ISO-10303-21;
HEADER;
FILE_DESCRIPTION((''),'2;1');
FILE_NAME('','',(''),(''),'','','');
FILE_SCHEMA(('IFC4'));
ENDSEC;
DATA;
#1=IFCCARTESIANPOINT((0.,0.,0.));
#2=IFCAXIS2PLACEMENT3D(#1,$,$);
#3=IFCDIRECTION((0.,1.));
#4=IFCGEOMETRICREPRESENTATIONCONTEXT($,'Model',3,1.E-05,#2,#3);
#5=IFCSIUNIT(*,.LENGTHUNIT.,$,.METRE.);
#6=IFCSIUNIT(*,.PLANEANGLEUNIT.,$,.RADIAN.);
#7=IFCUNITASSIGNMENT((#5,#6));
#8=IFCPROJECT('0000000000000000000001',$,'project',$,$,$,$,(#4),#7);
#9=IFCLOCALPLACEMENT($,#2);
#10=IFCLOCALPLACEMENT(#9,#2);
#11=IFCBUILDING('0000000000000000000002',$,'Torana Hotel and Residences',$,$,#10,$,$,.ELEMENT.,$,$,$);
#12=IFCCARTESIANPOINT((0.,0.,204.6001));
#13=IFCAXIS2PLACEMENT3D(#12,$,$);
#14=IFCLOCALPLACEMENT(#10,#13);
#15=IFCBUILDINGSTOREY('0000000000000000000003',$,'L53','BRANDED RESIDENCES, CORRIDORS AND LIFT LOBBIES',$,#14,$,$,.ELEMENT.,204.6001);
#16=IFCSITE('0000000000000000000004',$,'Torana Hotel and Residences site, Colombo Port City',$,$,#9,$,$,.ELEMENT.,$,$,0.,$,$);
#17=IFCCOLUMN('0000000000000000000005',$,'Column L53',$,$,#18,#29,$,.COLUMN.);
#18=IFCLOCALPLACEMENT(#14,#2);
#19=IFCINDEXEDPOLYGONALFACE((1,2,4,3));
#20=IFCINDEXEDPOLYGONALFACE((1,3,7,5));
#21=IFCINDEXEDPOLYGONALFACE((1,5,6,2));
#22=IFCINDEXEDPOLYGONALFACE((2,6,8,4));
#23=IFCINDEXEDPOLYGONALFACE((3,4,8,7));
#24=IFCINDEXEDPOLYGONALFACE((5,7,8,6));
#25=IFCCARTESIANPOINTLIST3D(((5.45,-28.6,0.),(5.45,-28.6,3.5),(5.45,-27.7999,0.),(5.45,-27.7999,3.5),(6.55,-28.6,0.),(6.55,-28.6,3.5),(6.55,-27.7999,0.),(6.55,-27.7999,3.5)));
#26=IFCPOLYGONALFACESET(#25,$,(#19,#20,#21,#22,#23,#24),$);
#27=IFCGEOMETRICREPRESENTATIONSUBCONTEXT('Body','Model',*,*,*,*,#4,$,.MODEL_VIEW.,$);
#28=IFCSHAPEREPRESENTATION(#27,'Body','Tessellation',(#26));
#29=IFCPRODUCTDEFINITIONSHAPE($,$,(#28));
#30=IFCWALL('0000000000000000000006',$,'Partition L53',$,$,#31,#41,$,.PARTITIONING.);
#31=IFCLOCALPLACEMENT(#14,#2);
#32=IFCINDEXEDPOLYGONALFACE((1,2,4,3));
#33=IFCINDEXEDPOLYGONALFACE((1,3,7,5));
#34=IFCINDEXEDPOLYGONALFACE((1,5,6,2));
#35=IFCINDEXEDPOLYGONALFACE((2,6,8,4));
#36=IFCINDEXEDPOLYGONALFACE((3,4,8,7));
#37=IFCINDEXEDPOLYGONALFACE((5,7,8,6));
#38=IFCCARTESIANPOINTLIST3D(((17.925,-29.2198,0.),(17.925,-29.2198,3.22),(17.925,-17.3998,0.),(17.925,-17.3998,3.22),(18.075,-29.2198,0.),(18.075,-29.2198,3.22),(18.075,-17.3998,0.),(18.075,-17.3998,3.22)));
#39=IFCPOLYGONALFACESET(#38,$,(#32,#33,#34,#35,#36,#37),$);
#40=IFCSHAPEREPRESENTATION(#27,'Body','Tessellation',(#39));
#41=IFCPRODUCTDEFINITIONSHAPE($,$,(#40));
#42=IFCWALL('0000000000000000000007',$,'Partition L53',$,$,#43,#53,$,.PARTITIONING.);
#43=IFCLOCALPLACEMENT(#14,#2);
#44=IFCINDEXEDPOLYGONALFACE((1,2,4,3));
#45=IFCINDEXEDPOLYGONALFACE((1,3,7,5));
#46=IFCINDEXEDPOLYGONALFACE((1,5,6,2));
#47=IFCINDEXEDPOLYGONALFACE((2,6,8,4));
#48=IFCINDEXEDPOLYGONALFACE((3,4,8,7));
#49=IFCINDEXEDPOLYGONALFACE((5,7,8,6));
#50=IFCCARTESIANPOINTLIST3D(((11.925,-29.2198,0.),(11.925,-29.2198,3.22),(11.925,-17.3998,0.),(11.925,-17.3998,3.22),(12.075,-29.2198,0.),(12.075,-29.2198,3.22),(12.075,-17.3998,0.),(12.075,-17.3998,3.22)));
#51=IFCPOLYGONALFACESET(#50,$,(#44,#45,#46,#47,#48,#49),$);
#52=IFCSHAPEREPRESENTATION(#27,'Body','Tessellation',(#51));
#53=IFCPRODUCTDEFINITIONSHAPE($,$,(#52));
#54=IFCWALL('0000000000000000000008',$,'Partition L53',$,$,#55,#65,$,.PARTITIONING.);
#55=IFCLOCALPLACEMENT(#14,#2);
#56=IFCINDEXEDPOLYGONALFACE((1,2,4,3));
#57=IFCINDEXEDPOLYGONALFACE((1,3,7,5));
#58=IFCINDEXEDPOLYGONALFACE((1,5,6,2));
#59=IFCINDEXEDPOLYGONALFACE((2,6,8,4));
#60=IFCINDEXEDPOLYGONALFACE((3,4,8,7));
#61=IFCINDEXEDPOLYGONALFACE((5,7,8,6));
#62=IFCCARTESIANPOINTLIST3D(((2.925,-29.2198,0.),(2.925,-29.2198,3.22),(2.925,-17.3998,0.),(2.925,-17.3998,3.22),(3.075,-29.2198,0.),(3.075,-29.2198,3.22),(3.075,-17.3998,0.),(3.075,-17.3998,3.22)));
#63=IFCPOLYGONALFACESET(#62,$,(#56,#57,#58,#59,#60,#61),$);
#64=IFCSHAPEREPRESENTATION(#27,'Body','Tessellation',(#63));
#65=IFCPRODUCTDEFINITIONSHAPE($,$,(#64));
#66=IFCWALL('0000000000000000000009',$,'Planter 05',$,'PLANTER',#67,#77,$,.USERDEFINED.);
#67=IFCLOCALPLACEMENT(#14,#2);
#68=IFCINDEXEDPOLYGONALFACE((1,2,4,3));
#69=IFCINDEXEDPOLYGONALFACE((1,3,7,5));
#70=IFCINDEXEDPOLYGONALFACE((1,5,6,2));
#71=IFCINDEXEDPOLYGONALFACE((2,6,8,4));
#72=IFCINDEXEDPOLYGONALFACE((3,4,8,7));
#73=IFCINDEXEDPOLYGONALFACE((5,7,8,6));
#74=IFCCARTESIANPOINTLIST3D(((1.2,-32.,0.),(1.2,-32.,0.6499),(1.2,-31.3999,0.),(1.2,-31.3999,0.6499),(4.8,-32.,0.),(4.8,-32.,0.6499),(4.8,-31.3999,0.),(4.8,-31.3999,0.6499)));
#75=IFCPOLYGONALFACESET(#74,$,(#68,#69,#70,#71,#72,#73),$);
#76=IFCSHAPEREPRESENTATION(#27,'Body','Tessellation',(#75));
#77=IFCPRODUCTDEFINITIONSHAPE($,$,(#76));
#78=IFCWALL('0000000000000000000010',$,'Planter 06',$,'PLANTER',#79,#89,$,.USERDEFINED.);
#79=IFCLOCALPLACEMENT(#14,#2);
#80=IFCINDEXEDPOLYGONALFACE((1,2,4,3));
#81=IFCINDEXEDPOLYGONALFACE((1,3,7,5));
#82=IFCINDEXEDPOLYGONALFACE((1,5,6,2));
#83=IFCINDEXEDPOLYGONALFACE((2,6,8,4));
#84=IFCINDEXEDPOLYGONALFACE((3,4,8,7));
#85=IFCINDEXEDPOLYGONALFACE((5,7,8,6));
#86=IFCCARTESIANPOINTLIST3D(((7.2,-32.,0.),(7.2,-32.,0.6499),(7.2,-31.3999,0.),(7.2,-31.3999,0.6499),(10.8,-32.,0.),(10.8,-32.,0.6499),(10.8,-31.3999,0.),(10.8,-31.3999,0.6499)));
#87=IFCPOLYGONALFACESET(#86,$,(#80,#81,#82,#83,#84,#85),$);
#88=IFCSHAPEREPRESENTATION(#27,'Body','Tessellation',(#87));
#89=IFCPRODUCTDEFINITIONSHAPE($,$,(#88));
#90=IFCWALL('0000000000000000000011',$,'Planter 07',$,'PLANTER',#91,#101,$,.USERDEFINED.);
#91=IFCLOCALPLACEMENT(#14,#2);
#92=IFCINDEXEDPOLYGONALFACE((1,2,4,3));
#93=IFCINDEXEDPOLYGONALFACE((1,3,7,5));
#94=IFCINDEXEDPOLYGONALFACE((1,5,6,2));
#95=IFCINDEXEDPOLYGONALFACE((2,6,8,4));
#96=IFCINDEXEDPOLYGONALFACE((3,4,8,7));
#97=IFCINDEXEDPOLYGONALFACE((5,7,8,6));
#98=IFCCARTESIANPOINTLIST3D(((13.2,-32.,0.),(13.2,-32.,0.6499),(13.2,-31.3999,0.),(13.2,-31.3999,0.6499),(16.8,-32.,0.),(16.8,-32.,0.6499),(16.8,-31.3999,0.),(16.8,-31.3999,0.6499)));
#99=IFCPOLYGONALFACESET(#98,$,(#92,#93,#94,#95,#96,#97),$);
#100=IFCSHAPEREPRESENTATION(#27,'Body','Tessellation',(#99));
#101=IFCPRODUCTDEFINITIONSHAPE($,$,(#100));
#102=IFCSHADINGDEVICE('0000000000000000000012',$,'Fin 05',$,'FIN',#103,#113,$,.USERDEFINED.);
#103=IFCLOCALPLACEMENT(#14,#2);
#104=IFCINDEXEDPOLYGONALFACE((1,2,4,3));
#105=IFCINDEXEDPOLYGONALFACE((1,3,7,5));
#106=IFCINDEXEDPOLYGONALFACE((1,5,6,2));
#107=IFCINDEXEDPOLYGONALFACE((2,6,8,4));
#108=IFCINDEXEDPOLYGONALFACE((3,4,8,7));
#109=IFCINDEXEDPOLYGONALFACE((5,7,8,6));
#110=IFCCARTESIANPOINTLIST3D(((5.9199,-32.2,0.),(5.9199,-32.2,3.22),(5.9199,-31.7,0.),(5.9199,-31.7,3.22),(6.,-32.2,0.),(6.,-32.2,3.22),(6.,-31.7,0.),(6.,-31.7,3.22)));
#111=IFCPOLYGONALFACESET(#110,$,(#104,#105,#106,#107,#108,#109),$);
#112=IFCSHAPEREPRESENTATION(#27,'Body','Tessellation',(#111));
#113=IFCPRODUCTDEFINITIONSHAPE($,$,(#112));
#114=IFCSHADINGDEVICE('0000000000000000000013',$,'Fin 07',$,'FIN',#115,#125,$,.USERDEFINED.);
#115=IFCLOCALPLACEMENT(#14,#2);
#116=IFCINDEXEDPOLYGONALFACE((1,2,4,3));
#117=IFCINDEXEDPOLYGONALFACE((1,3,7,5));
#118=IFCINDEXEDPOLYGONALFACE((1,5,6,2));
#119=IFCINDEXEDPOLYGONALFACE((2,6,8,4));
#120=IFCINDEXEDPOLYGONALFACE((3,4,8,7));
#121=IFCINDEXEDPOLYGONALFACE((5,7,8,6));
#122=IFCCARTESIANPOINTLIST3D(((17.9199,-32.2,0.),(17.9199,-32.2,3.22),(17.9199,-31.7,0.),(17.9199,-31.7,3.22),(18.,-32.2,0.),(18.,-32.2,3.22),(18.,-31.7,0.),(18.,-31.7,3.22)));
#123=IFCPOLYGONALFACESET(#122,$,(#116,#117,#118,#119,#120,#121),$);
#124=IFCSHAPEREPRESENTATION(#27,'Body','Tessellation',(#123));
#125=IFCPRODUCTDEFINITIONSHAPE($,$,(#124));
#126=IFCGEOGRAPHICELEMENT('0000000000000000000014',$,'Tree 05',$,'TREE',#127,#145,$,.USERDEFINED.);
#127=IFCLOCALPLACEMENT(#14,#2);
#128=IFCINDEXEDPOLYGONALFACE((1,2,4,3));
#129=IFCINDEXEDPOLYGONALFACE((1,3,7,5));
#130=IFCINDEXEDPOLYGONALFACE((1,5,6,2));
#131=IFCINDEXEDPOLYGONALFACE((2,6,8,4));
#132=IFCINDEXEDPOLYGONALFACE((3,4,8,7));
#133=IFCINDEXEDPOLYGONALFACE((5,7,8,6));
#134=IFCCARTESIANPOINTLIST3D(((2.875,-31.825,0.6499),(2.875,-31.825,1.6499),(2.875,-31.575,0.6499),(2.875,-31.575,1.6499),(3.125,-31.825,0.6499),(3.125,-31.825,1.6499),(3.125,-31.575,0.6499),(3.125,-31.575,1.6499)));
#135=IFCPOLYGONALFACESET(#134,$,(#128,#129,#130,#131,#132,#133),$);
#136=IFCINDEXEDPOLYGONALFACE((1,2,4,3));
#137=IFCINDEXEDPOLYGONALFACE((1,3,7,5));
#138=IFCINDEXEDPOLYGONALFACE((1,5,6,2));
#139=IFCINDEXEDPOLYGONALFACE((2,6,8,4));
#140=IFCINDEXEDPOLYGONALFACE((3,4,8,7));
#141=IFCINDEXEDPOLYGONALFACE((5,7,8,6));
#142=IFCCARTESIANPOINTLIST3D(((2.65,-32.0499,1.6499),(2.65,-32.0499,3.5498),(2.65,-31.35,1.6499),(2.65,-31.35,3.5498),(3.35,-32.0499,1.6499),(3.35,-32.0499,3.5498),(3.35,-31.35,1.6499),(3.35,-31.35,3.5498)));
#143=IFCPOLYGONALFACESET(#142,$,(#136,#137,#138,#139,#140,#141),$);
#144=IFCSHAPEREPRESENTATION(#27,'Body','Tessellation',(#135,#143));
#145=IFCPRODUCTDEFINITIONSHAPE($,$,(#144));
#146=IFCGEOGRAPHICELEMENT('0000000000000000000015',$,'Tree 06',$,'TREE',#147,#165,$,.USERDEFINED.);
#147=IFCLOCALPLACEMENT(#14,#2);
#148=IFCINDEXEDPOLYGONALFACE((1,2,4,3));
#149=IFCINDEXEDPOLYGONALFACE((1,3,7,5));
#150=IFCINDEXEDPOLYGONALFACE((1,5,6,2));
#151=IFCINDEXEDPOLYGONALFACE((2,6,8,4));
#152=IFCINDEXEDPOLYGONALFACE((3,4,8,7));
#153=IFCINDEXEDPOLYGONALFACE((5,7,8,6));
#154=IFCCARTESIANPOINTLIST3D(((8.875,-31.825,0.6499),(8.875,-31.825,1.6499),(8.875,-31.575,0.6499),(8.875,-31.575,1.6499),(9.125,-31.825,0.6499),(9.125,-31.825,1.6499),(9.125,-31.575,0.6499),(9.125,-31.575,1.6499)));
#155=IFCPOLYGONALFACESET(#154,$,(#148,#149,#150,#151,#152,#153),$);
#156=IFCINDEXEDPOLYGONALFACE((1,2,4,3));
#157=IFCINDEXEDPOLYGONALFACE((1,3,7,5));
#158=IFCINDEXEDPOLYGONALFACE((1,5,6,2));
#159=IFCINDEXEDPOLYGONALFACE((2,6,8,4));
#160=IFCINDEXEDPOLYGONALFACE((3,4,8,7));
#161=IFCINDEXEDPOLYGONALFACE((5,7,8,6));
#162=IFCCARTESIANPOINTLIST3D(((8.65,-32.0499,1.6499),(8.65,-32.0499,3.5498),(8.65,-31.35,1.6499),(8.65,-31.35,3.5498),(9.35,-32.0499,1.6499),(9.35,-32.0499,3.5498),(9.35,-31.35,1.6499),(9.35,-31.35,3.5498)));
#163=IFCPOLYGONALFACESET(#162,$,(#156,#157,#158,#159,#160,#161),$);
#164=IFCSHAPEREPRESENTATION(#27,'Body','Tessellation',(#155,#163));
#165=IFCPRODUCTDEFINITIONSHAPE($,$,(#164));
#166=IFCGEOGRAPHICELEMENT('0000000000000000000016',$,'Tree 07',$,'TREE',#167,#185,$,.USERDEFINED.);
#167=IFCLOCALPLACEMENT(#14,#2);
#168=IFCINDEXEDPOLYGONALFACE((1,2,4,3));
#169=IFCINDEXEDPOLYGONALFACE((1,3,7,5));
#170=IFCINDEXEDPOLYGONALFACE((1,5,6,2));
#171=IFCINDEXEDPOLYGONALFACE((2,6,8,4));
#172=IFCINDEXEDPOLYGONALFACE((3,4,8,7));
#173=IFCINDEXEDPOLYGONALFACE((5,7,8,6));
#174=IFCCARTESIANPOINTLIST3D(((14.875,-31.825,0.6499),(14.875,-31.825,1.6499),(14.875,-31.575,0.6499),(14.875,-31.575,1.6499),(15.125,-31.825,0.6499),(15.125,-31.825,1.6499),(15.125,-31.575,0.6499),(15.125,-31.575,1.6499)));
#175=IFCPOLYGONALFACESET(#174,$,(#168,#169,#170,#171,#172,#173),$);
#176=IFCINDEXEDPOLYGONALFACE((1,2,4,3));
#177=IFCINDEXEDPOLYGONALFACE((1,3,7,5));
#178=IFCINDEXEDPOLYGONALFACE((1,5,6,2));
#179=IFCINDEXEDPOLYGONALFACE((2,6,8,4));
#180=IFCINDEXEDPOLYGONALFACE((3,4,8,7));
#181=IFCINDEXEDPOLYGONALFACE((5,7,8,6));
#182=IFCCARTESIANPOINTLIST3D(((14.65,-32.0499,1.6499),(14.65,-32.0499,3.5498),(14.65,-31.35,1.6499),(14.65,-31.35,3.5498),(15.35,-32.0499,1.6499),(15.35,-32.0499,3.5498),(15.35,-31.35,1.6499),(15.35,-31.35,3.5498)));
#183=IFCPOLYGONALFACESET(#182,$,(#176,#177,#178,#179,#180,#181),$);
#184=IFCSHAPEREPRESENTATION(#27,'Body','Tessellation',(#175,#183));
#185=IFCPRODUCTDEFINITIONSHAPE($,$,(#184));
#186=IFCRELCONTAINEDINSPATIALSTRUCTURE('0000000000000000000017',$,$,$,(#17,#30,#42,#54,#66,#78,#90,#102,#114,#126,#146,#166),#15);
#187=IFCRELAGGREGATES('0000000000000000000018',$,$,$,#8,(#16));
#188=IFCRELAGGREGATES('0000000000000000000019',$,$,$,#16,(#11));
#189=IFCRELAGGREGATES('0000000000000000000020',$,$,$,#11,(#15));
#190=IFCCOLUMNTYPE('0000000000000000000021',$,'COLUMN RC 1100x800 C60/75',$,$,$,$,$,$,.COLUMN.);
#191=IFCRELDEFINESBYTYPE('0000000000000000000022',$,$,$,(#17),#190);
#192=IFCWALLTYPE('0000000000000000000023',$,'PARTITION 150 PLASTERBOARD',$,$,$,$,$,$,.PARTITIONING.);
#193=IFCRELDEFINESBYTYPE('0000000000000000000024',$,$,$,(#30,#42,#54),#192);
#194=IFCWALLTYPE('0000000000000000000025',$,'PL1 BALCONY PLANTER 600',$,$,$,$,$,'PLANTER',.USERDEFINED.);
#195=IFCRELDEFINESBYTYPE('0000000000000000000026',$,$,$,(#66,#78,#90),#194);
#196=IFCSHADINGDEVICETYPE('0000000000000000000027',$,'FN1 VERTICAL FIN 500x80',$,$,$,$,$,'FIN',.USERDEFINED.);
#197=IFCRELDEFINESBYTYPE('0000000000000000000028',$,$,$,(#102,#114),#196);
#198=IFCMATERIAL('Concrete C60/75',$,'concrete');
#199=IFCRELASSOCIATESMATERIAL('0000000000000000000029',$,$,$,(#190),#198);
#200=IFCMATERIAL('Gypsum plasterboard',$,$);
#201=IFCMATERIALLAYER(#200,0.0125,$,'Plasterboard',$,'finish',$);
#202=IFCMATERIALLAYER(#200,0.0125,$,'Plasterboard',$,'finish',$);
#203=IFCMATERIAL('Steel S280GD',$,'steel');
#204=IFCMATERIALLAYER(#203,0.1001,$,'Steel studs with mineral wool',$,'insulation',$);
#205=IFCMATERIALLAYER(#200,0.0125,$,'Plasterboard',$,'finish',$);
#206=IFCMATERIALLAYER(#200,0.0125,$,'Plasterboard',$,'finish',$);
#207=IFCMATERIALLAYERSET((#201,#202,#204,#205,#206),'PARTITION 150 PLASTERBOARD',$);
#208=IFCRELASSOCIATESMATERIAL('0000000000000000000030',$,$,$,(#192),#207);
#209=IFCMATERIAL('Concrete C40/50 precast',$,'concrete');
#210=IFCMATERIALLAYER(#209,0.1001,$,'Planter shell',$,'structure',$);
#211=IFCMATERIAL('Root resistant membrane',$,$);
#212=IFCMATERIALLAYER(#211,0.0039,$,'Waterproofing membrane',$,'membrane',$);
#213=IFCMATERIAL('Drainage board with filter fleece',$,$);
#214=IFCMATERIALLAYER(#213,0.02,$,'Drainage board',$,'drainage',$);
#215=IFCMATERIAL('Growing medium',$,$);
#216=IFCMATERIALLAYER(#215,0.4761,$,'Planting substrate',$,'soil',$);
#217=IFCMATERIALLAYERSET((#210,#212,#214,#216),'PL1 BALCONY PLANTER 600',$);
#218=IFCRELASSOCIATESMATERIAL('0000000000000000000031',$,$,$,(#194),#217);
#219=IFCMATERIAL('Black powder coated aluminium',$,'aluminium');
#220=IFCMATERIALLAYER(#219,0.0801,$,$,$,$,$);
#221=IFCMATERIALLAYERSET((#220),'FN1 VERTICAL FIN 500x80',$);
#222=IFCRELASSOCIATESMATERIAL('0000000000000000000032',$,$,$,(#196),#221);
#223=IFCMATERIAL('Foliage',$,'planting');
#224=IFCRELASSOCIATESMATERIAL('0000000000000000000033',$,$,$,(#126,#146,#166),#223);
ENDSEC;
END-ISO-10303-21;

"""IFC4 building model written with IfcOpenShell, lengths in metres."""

from ifc_helpers import new_model, si_unit, direction, frame, frame_2d, origin, origin_2d, place, context, subcontext, project, spatial, rectangle, extrude, material, layer, layer_set, material_profile, profile_set, type_object, element, save


model = new_model("IFC4")

# Units and contexts
model_context = context("Model", 3, precision=1e-05, world=origin(), true_north=direction((0.0, 1.0)))
body_context = subcontext(model_context, "Body", "Model", "MODEL_VIEW")
ifc_project = project(units=[si_unit("LENGTHUNIT", "METRE"), si_unit("PLANEANGLEUNIT", "RADIAN")], contexts=[model_context])

# Site, building, storey
site_placement = place(None, origin())
site = spatial("IfcSite", under=ifc_project, at=site_placement, Name="Torana Hotel and Residences site, Colombo Port City", CompositionType="ELEMENT", RefElevation=0.0)
building_placement = place(site_placement, origin())
building = spatial("IfcBuilding", under=site, at=building_placement, Name="Torana Hotel and Residences", CompositionType="ELEMENT")
storey_placement = place(building_placement, frame((0.0, 0.0, 204.6001)))
storey = spatial("IfcBuildingStorey", under=building, at=storey_placement, Name="L53", Description="BRANDED RESIDENCES, CORRIDORS AND LIFT LOBBIES", CompositionType="ELEMENT", Elevation=204.6001)

# Column
ifc_material_1 = material(Name="Concrete C60/75", Category="concrete")
ifc_material_profile = material_profile(ifc_material_1, rectangle(XDim=1.1001, YDim=0.8, at=origin_2d()), Name="RC 1100x800")
ifc_profile_set = profile_set([ifc_material_profile], Name="Concrete C60/75")
column_type = type_object("IfcColumnType", Name="COLUMN RC 1100x800 C60/75", PredefinedType="COLUMN", material=ifc_profile_set)
column_placement = place(storey_placement, frame((6.0, -28.2, 0.0), z_axis=(0.0, 0.0, 1.0), x_axis=(1.0, 0.0, 0.0)))
element("IfcColumn", 1, at=column_placement, inside=storey, type_object=column_type, Name="Column L53", PredefinedType="COLUMN", context=body_context, shape_type="SweptSolid", body=[
    extrude(rectangle(XDim=1.1001, YDim=0.8, at=origin_2d()), origin(), (0.0, 0.0, 1.0), 3.5),
])

# Walls
ifc_material_2 = material(Name="Gypsum plasterboard")
ifc_layer_1 = layer(ifc_material_2, 0.0125, Name="Plasterboard", Category="finish")
ifc_layer_2 = layer(ifc_material_2, 0.0125, Name="Plasterboard", Category="finish")
ifc_material_3 = material(Name="Steel S280GD", Category="steel")
ifc_layer_3 = layer(ifc_material_3, 0.1001, Name="Steel studs with mineral wool", Category="insulation")
ifc_layer_4 = layer(ifc_material_2, 0.0125, Name="Plasterboard", Category="finish")
ifc_layer_5 = layer(ifc_material_2, 0.0125, Name="Plasterboard", Category="finish")
ifc_layer_set_1 = layer_set([ifc_layer_1, ifc_layer_2, ifc_layer_3, ifc_layer_4, ifc_layer_5], Name="PARTITION 150 PLASTERBOARD")
wall_type_1 = type_object("IfcWallType", Name="PARTITION 150 PLASTERBOARD", PredefinedType="PARTITIONING", material=ifc_layer_set_1)
for number, where, z_axis, x_axis, name in (
    (2, (18.0, -29.22, 0.0), (0.0, 0.0, 1.0), (0.0, 1.0, 0.0), "Partition L53"),
    (3, (12.0, -29.22, 0.0), (0.0, 0.0, 1.0), (0.0, 1.0, 0.0), "Partition L53"),
    (4, (3.0, -29.22, 0.0), (0.0, 0.0, 1.0), (0.0, 1.0, 0.0), "Partition L53"),
):
    element("IfcWall", number, at=place(storey_placement, frame(where, z_axis=z_axis, x_axis=x_axis)), inside=storey, type_object=wall_type_1, Name=name, PredefinedType="PARTITIONING", context=body_context, shape_type="SweptSolid", body=[
        extrude(rectangle(XDim=11.8201, YDim=0.1499, at=frame_2d((5.9102, 0.0))), origin(), (0.0, 0.0, 1.0), 3.22),
    ])
ifc_material_4 = material(Name="Concrete C40/50 precast", Category="concrete")
ifc_layer_6 = layer(ifc_material_4, 0.1001, Name="Planter shell", Category="structure")
ifc_material_5 = material(Name="Root resistant membrane")
ifc_layer_7 = layer(ifc_material_5, 0.0039, Name="Waterproofing membrane", Category="membrane")
ifc_material_6 = material(Name="Drainage board with filter fleece")
ifc_layer_8 = layer(ifc_material_6, 0.02, Name="Drainage board", Category="drainage")
ifc_material_7 = material(Name="Growing medium")
ifc_layer_9 = layer(ifc_material_7, 0.4761, Name="Planting substrate", Category="soil")
ifc_layer_set_2 = layer_set([ifc_layer_6, ifc_layer_7, ifc_layer_8, ifc_layer_9], Name="PL1 BALCONY PLANTER 600")
wall_type_2 = type_object("IfcWallType", Name="PL1 BALCONY PLANTER 600", ElementType="PLANTER", PredefinedType="USERDEFINED", material=ifc_layer_set_2)
for number, where, z_axis, x_axis, name in (
    (5, (4.8, -31.7, 0.0), (0.0, 0.0, 1.0), (-1.0, 0.0, 0.0), "Planter 05"),
    (6, (10.8, -31.7, 0.0), (0.0, 0.0, 1.0), (-1.0, 0.0, 0.0), "Planter 06"),
    (7, (16.8, -31.7, 0.0), (0.0, 0.0, 1.0), (-1.0, 0.0, 0.0), "Planter 07"),
):
    element("IfcWall", number, at=place(storey_placement, frame(where, z_axis=z_axis, x_axis=x_axis)), inside=storey, type_object=wall_type_2, Name=name, ObjectType="PLANTER", PredefinedType="USERDEFINED", context=body_context, shape_type="SweptSolid", body=[
        extrude(rectangle(XDim=3.6001, YDim=0.6001, at=frame_2d((1.8, 0.0))), origin(), (0.0, 0.0, 1.0), 0.6499),
    ])

# Shading devices
ifc_material_8 = material(Name="Black powder coated aluminium", Category="aluminium")
ifc_layer_10 = layer(ifc_material_8, 0.0801)
ifc_layer_set_3 = layer_set([ifc_layer_10], Name="FN1 VERTICAL FIN 500x80")
shading_device_type = type_object("IfcShadingDeviceType", Name="FN1 VERTICAL FIN 500x80", ElementType="FIN", PredefinedType="USERDEFINED", material=ifc_layer_set_3)
for number, where, z_axis, x_axis, name in (
    (8, (5.96, -31.95, 0.0), (0.0, 0.0, 1.0), (-1.0, 0.0, 0.0), "Fin 05"),
    (9, (17.96, -31.95, 0.0), (0.0, 0.0, 1.0), (-1.0, 0.0, 0.0), "Fin 07"),
):
    element("IfcShadingDevice", number, at=place(storey_placement, frame(where, z_axis=z_axis, x_axis=x_axis)), inside=storey, type_object=shading_device_type, Name=name, ObjectType="FIN", PredefinedType="USERDEFINED", context=body_context, shape_type="SweptSolid", body=[
        extrude(rectangle(XDim=0.0801, YDim=0.5, at=origin_2d()), origin(), (0.0, 0.0, 1.0), 3.22),
    ])

# Geographic elements
ifc_material_9 = material(Name="Foliage", Category="planting")
for number, where, z_axis, x_axis, name in (
    (10, (3.0, -31.7, 0.6499), (0.0, 0.0, 1.0), (1.0, 0.0, 0.0), "Tree 05"),
    (11, (9.0, -31.7, 0.6499), (0.0, 0.0, 1.0), (1.0, 0.0, 0.0), "Tree 06"),
    (12, (15.0, -31.7, 0.6499), (0.0, 0.0, 1.0), (1.0, 0.0, 0.0), "Tree 07"),
):
    element("IfcGeographicElement", number, at=place(storey_placement, frame(where, z_axis=z_axis, x_axis=x_axis)), inside=storey, material=ifc_material_9, Name=name, ObjectType="TREE", PredefinedType="USERDEFINED", context=body_context, shape_type="SweptSolid", body=[
        extrude(rectangle(XDim=0.25, YDim=0.25, at=origin_2d()), origin(), (0.0, 0.0, 1.0), 1.0),
        extrude(rectangle(XDim=0.7, YDim=0.7, at=origin_2d()), frame((0.0, 0.0, 1.0)), (0.0, 0.0, 1.0), 1.8999),
    ])

save(model, "model.ifc")
